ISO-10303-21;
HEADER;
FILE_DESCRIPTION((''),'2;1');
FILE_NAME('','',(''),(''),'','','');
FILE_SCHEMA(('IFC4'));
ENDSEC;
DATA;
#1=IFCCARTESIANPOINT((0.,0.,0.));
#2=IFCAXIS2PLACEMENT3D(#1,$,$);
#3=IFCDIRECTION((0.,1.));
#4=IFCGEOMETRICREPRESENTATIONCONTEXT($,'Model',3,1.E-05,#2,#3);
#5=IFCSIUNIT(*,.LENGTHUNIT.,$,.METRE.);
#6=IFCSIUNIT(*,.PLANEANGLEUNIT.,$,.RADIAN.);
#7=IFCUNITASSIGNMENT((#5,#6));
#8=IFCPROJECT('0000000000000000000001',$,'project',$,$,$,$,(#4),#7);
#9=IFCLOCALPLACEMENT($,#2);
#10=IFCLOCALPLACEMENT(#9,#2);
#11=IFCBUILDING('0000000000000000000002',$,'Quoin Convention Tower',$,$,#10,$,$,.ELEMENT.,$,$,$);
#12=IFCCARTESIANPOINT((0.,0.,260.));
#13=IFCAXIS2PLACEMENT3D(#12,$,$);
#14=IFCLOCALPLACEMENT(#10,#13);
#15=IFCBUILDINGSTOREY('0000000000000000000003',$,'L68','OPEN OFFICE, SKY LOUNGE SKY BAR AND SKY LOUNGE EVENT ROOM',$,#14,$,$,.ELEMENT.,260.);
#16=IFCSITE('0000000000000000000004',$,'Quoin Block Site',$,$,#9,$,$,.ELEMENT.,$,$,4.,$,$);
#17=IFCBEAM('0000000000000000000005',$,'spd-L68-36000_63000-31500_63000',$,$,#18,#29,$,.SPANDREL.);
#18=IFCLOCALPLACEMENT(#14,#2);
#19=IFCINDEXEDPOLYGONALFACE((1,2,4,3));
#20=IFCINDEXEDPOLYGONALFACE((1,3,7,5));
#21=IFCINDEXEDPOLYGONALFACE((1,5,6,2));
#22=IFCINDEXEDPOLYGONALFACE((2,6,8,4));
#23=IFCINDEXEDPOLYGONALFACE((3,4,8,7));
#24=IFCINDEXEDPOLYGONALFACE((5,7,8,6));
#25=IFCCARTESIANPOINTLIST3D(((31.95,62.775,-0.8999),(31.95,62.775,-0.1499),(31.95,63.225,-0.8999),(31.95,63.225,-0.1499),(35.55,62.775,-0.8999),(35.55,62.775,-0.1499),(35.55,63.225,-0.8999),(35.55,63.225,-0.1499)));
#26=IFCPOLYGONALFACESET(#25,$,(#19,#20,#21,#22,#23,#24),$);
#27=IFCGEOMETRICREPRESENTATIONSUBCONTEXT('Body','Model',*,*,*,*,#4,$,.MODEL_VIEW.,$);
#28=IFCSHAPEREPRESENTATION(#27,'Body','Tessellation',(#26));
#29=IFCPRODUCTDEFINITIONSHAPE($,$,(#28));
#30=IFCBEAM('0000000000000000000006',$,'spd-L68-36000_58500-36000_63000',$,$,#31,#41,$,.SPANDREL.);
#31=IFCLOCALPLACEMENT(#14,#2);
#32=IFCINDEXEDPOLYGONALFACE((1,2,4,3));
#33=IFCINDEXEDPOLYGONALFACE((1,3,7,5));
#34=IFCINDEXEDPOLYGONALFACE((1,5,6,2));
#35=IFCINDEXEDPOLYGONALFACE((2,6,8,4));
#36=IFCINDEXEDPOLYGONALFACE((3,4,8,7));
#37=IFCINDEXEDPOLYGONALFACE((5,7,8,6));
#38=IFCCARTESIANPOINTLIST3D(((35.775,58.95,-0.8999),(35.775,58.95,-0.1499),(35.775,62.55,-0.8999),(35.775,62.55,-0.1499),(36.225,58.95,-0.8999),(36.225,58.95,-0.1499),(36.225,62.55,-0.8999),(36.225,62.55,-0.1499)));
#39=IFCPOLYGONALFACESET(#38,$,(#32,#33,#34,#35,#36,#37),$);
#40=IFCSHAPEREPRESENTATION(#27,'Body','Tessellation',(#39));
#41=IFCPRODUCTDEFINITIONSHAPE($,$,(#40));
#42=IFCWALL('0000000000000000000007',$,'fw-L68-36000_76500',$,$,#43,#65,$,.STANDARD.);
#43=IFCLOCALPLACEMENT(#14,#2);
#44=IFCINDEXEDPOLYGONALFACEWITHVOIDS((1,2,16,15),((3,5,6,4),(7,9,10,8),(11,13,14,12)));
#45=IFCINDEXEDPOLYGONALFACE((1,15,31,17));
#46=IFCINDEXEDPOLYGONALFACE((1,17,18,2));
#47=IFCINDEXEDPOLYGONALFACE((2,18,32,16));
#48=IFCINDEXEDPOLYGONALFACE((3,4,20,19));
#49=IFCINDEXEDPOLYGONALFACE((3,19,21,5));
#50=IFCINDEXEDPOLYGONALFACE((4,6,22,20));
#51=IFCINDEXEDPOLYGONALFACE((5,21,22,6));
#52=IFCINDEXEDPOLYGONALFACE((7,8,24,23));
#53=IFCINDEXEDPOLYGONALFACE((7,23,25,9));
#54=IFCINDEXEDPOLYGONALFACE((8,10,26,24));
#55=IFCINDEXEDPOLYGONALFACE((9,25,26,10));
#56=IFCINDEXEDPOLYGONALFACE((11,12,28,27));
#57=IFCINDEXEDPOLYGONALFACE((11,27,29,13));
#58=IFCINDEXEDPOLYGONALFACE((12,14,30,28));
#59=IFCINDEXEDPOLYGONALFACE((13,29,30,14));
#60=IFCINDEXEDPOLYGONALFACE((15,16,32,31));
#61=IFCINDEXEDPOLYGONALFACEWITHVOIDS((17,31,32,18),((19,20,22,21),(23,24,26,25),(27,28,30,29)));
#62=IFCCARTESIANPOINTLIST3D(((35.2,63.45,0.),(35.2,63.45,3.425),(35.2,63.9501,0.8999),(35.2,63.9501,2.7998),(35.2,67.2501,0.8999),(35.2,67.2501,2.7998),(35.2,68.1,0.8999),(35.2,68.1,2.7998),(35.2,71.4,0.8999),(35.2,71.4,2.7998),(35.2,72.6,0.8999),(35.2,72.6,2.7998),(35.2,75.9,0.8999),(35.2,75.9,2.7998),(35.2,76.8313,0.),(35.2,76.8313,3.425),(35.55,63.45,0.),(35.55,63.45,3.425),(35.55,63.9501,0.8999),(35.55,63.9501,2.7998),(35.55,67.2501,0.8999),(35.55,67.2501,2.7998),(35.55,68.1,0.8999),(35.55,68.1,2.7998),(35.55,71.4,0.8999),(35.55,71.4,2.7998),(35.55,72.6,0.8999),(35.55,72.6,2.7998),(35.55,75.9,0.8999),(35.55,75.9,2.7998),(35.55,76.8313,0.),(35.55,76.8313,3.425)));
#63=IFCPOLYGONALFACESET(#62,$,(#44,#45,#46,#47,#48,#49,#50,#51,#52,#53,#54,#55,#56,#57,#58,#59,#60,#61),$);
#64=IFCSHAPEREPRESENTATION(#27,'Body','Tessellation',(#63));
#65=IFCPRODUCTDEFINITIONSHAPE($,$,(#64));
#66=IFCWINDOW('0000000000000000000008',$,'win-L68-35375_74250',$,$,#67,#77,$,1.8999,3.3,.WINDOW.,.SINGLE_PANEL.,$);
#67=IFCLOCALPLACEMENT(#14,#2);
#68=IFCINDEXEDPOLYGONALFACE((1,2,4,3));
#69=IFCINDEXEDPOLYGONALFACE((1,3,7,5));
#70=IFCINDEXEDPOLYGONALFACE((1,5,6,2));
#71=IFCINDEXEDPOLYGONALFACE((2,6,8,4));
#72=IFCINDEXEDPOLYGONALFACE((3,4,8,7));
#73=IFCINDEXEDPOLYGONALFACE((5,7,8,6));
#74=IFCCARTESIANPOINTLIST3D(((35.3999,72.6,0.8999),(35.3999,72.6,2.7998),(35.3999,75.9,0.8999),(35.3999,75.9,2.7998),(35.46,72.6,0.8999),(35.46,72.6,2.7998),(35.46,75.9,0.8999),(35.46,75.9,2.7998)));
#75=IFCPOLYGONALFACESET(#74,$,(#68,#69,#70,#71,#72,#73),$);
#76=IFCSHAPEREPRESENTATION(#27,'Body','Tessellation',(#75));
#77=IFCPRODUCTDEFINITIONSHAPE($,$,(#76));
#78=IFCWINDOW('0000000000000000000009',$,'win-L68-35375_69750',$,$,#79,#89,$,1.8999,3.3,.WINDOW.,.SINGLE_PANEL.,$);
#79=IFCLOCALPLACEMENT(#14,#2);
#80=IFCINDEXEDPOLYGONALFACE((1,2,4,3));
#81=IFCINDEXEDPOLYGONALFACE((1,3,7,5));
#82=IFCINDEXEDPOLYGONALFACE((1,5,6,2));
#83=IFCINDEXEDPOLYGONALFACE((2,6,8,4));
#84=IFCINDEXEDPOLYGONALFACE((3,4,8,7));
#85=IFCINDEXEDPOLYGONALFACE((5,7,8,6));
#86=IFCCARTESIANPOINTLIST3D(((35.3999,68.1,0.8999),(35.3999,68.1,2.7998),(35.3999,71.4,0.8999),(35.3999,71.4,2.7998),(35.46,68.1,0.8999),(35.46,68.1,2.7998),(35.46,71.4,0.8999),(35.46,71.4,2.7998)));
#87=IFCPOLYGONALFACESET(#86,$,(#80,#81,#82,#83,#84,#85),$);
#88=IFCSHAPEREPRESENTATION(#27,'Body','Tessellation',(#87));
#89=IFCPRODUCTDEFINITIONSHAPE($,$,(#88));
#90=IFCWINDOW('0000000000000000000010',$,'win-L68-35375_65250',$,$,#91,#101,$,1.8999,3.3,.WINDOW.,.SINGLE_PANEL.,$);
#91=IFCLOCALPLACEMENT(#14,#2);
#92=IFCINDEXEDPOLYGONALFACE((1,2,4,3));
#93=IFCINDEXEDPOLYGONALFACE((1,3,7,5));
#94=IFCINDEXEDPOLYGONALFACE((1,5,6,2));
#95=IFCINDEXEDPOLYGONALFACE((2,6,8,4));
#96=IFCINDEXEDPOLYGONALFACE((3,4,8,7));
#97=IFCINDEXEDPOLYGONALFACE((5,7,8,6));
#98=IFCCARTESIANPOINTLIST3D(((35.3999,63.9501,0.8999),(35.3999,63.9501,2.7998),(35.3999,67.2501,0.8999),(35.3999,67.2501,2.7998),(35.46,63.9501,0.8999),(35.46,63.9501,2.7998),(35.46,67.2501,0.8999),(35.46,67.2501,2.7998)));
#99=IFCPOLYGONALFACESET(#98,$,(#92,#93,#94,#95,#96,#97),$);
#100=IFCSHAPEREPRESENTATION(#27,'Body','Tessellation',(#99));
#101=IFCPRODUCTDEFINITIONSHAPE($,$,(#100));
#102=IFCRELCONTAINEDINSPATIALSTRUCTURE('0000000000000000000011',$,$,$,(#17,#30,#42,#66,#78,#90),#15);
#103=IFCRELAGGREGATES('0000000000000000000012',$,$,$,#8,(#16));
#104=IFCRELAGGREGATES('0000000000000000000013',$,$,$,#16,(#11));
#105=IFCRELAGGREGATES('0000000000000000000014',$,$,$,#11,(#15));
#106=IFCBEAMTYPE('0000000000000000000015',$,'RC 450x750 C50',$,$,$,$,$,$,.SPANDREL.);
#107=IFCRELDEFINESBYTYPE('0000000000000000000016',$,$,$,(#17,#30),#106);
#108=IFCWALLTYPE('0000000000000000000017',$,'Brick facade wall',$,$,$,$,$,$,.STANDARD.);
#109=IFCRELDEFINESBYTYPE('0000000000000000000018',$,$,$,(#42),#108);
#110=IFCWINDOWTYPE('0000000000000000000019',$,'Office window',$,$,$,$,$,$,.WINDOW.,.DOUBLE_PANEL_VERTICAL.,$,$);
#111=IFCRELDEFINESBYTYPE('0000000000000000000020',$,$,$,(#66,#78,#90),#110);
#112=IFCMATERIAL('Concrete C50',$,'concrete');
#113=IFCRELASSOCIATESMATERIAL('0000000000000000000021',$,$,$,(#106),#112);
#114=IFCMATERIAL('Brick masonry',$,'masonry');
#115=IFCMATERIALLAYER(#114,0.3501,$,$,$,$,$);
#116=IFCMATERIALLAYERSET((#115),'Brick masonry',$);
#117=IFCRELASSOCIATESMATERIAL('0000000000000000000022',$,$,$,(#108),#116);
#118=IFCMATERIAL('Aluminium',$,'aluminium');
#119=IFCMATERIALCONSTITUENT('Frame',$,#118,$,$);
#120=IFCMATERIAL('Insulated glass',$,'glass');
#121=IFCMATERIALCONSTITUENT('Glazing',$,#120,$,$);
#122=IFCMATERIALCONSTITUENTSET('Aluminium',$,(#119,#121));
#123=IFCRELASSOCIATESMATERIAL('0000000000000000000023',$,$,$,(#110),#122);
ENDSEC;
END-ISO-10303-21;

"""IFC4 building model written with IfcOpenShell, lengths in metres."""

from ifc_helpers import new_model, si_unit, direction, frame, frame_2d, origin, origin_2d, place, context, subcontext, project, spatial, rectangle, extrude, material, layer, layer_set, constituent, constituent_set, material_profile, profile_set, type_object, element, fill, save


model = new_model("IFC4")

# Units and contexts
model_context = context("Model", 3, precision=1e-05, world=origin(), true_north=direction((0.0, 1.0)))
body_context = subcontext(model_context, "Body", "Model", "MODEL_VIEW")
ifc_project = project(units=[si_unit("LENGTHUNIT", "METRE"), si_unit("PLANEANGLEUNIT", "RADIAN")], contexts=[model_context])

# Site, building, storey
site_placement = place(None, origin())
site = spatial("IfcSite", under=ifc_project, at=site_placement, Name="Quoin Block Site", CompositionType="ELEMENT", RefElevation=4.0)
building_placement = place(site_placement, origin())
building = spatial("IfcBuilding", under=site, at=building_placement, Name="Quoin Convention Tower", CompositionType="ELEMENT")
storey_placement = place(building_placement, frame((0.0, 0.0, 260.0)))
storey = spatial("IfcBuildingStorey", under=building, at=storey_placement, Name="L68", Description="OPEN OFFICE, SKY LOUNGE SKY BAR AND SKY LOUNGE EVENT ROOM", CompositionType="ELEMENT", Elevation=260.0)

# Shared definitions
ifc_material_1 = material(Name="Concrete C50", Category="concrete")

# Beams
ifc_material_profile_1 = material_profile(ifc_material_1, rectangle(XDim=0.45, YDim=0.75, at=origin_2d()), Name="RC 450x750")
ifc_profile_set_1 = profile_set([ifc_material_profile_1], Name="Concrete C50")
beam_type_1 = type_object("IfcBeamType", Name="RC 450x750 C50", PredefinedType="SPANDREL", material=ifc_profile_set_1)
for number, where, z_axis, x_axis, name in (
    (1, (35.55, 63.0, -0.5249), (-1.0, 0.0, 0.0), (0.0, -1.0, 0.0), "spd-L68-36000_63000-31500_63000"),
    (2, (36.0, 58.95, -0.5249), (0.0, 1.0, 0.0), (-1.0, 0.0, 0.0), "spd-L68-36000_58500-36000_63000"),
):
    element("IfcBeam", number, at=place(storey_placement, frame(where, z_axis=z_axis, x_axis=x_axis)), inside=storey, type_object=beam_type_1, Name=name, PredefinedType="SPANDREL", context=body_context, shape_type="SweptSolid", body=[
        extrude(rectangle(XDim=0.45, YDim=0.75, at=origin_2d()), origin(), (0.0, 0.0, 1.0), 3.6001),
    ])

# Wall, openings, windows
ifc_material_2 = material(Name="Brick masonry", Category="masonry")
ifc_layer_1 = layer(ifc_material_2, 0.3501)
ifc_layer_set_1 = layer_set([ifc_layer_1], Name="Brick masonry")
wall_type_1 = type_object("IfcWallType", Name="Brick facade wall", PredefinedType="STANDARD", material=ifc_layer_set_1)
wall_1_placement = place(storey_placement, frame((35.375, 76.8313, 0.0), z_axis=(0.0, 0.0, 1.0), x_axis=(0.0, -1.0, 0.0)))
wall_1 = element("IfcWall", 3, at=wall_1_placement, inside=storey, type_object=wall_type_1, Name="fw-L68-36000_76500", PredefinedType="STANDARD", context=body_context, shape_type="SweptSolid", body=[
    extrude(rectangle(XDim=13.3813, YDim=0.3501, at=frame_2d((6.6907, 0.0))), origin(), (0.0, 0.0, 1.0), 3.425),
])
opening_1_placement = place(wall_1_placement, frame((0.9314, 0.0, 0.8999)))
opening_1 = element("IfcOpeningElement", 4, at=opening_1_placement, cuts=wall_1, PredefinedType="OPENING", context=body_context, shape_type="SweptSolid", body=[
    extrude(rectangle(XDim=3.3, YDim=1.8999, at=frame_2d((1.6499, 0.95))), frame((0.0, 0.1851, 0.0), z_axis=(0.0, -1.0, 0.0), x_axis=(1.0, 0.0, 0.0)), (0.0, 0.0, 1.0), 0.3701),
])
opening_2_placement = place(wall_1_placement, frame((5.4314, 0.0, 0.8999)))
opening_2 = element("IfcOpeningElement", 5, at=opening_2_placement, cuts=wall_1, PredefinedType="OPENING", context=body_context, shape_type="SweptSolid", body=[
    extrude(rectangle(XDim=3.3, YDim=1.8999, at=frame_2d((1.6499, 0.95))), frame((0.0, 0.1851, 0.0), z_axis=(0.0, -1.0, 0.0), x_axis=(1.0, 0.0, 0.0)), (0.0, 0.0, 1.0), 0.3701),
])
opening_3_placement = place(wall_1_placement, frame((9.5813, 0.0, 0.8999)))
opening_3 = element("IfcOpeningElement", 6, at=opening_3_placement, cuts=wall_1, PredefinedType="OPENING", context=body_context, shape_type="SweptSolid", body=[
    extrude(rectangle(XDim=3.3, YDim=1.8999, at=frame_2d((1.6499, 0.95))), frame((0.0, 0.1851, 0.0), z_axis=(0.0, -1.0, 0.0), x_axis=(1.0, 0.0, 0.0)), (0.0, 0.0, 1.0), 0.3701),
])
ifc_material_3 = material(Name="Aluminium", Category="aluminium")
ifc_constituent_1 = constituent(ifc_material_3, Name="Frame")
ifc_material_4 = material(Name="Insulated glass", Category="glass")
ifc_constituent_2 = constituent(ifc_material_4, Name="Glazing")
ifc_constituent_set = constituent_set(constituents=[ifc_constituent_1, ifc_constituent_2], Name="Aluminium")
window_type = type_object("IfcWindowType", Name="Office window", PartitioningType="DOUBLE_PANEL_VERTICAL", PredefinedType="WINDOW", material=ifc_constituent_set)
window_1_placement = place(opening_1_placement, origin())
window_1 = element("IfcWindow", 7, at=window_1_placement, inside=storey, type_object=window_type, Name="win-L68-35375_74250", OverallHeight=1.8999, OverallWidth=3.3, PartitioningType="SINGLE_PANEL", PredefinedType="WINDOW", context=body_context, shape_type="SweptSolid", body=[
    extrude(rectangle(XDim=3.3, YDim=1.8999, at=frame_2d((1.6499, 0.95))), frame((0.0, 0.085, 0.0), z_axis=(0.0, -1.0, 0.0), x_axis=(1.0, 0.0, 0.0)), (0.0, 0.0, 1.0), 0.0601),
])
fill(opening_1, window_1)
window_2_placement = place(opening_2_placement, origin())
window_2 = element("IfcWindow", 8, at=window_2_placement, inside=storey, type_object=window_type, Name="win-L68-35375_69750", OverallHeight=1.8999, OverallWidth=3.3, PartitioningType="SINGLE_PANEL", PredefinedType="WINDOW", context=body_context, shape_type="SweptSolid", body=[
    extrude(rectangle(XDim=3.3, YDim=1.8999, at=frame_2d((1.6499, 0.95))), frame((0.0, 0.085, 0.0), z_axis=(0.0, -1.0, 0.0), x_axis=(1.0, 0.0, 0.0)), (0.0, 0.0, 1.0), 0.0601),
])
fill(opening_2, window_2)
window_3_placement = place(opening_3_placement, origin())
window_3 = element("IfcWindow", 9, at=window_3_placement, inside=storey, type_object=window_type, Name="win-L68-35375_65250", OverallHeight=1.8999, OverallWidth=3.3, PartitioningType="SINGLE_PANEL", PredefinedType="WINDOW", context=body_context, shape_type="SweptSolid", body=[
    extrude(rectangle(XDim=3.3, YDim=1.8999, at=frame_2d((1.6499, 0.95))), frame((0.0, 0.085, 0.0), z_axis=(0.0, -1.0, 0.0), x_axis=(1.0, 0.0, 0.0)), (0.0, 0.0, 1.0), 0.0601),
])
fill(opening_3, window_3)

save(model, "model.ifc")
